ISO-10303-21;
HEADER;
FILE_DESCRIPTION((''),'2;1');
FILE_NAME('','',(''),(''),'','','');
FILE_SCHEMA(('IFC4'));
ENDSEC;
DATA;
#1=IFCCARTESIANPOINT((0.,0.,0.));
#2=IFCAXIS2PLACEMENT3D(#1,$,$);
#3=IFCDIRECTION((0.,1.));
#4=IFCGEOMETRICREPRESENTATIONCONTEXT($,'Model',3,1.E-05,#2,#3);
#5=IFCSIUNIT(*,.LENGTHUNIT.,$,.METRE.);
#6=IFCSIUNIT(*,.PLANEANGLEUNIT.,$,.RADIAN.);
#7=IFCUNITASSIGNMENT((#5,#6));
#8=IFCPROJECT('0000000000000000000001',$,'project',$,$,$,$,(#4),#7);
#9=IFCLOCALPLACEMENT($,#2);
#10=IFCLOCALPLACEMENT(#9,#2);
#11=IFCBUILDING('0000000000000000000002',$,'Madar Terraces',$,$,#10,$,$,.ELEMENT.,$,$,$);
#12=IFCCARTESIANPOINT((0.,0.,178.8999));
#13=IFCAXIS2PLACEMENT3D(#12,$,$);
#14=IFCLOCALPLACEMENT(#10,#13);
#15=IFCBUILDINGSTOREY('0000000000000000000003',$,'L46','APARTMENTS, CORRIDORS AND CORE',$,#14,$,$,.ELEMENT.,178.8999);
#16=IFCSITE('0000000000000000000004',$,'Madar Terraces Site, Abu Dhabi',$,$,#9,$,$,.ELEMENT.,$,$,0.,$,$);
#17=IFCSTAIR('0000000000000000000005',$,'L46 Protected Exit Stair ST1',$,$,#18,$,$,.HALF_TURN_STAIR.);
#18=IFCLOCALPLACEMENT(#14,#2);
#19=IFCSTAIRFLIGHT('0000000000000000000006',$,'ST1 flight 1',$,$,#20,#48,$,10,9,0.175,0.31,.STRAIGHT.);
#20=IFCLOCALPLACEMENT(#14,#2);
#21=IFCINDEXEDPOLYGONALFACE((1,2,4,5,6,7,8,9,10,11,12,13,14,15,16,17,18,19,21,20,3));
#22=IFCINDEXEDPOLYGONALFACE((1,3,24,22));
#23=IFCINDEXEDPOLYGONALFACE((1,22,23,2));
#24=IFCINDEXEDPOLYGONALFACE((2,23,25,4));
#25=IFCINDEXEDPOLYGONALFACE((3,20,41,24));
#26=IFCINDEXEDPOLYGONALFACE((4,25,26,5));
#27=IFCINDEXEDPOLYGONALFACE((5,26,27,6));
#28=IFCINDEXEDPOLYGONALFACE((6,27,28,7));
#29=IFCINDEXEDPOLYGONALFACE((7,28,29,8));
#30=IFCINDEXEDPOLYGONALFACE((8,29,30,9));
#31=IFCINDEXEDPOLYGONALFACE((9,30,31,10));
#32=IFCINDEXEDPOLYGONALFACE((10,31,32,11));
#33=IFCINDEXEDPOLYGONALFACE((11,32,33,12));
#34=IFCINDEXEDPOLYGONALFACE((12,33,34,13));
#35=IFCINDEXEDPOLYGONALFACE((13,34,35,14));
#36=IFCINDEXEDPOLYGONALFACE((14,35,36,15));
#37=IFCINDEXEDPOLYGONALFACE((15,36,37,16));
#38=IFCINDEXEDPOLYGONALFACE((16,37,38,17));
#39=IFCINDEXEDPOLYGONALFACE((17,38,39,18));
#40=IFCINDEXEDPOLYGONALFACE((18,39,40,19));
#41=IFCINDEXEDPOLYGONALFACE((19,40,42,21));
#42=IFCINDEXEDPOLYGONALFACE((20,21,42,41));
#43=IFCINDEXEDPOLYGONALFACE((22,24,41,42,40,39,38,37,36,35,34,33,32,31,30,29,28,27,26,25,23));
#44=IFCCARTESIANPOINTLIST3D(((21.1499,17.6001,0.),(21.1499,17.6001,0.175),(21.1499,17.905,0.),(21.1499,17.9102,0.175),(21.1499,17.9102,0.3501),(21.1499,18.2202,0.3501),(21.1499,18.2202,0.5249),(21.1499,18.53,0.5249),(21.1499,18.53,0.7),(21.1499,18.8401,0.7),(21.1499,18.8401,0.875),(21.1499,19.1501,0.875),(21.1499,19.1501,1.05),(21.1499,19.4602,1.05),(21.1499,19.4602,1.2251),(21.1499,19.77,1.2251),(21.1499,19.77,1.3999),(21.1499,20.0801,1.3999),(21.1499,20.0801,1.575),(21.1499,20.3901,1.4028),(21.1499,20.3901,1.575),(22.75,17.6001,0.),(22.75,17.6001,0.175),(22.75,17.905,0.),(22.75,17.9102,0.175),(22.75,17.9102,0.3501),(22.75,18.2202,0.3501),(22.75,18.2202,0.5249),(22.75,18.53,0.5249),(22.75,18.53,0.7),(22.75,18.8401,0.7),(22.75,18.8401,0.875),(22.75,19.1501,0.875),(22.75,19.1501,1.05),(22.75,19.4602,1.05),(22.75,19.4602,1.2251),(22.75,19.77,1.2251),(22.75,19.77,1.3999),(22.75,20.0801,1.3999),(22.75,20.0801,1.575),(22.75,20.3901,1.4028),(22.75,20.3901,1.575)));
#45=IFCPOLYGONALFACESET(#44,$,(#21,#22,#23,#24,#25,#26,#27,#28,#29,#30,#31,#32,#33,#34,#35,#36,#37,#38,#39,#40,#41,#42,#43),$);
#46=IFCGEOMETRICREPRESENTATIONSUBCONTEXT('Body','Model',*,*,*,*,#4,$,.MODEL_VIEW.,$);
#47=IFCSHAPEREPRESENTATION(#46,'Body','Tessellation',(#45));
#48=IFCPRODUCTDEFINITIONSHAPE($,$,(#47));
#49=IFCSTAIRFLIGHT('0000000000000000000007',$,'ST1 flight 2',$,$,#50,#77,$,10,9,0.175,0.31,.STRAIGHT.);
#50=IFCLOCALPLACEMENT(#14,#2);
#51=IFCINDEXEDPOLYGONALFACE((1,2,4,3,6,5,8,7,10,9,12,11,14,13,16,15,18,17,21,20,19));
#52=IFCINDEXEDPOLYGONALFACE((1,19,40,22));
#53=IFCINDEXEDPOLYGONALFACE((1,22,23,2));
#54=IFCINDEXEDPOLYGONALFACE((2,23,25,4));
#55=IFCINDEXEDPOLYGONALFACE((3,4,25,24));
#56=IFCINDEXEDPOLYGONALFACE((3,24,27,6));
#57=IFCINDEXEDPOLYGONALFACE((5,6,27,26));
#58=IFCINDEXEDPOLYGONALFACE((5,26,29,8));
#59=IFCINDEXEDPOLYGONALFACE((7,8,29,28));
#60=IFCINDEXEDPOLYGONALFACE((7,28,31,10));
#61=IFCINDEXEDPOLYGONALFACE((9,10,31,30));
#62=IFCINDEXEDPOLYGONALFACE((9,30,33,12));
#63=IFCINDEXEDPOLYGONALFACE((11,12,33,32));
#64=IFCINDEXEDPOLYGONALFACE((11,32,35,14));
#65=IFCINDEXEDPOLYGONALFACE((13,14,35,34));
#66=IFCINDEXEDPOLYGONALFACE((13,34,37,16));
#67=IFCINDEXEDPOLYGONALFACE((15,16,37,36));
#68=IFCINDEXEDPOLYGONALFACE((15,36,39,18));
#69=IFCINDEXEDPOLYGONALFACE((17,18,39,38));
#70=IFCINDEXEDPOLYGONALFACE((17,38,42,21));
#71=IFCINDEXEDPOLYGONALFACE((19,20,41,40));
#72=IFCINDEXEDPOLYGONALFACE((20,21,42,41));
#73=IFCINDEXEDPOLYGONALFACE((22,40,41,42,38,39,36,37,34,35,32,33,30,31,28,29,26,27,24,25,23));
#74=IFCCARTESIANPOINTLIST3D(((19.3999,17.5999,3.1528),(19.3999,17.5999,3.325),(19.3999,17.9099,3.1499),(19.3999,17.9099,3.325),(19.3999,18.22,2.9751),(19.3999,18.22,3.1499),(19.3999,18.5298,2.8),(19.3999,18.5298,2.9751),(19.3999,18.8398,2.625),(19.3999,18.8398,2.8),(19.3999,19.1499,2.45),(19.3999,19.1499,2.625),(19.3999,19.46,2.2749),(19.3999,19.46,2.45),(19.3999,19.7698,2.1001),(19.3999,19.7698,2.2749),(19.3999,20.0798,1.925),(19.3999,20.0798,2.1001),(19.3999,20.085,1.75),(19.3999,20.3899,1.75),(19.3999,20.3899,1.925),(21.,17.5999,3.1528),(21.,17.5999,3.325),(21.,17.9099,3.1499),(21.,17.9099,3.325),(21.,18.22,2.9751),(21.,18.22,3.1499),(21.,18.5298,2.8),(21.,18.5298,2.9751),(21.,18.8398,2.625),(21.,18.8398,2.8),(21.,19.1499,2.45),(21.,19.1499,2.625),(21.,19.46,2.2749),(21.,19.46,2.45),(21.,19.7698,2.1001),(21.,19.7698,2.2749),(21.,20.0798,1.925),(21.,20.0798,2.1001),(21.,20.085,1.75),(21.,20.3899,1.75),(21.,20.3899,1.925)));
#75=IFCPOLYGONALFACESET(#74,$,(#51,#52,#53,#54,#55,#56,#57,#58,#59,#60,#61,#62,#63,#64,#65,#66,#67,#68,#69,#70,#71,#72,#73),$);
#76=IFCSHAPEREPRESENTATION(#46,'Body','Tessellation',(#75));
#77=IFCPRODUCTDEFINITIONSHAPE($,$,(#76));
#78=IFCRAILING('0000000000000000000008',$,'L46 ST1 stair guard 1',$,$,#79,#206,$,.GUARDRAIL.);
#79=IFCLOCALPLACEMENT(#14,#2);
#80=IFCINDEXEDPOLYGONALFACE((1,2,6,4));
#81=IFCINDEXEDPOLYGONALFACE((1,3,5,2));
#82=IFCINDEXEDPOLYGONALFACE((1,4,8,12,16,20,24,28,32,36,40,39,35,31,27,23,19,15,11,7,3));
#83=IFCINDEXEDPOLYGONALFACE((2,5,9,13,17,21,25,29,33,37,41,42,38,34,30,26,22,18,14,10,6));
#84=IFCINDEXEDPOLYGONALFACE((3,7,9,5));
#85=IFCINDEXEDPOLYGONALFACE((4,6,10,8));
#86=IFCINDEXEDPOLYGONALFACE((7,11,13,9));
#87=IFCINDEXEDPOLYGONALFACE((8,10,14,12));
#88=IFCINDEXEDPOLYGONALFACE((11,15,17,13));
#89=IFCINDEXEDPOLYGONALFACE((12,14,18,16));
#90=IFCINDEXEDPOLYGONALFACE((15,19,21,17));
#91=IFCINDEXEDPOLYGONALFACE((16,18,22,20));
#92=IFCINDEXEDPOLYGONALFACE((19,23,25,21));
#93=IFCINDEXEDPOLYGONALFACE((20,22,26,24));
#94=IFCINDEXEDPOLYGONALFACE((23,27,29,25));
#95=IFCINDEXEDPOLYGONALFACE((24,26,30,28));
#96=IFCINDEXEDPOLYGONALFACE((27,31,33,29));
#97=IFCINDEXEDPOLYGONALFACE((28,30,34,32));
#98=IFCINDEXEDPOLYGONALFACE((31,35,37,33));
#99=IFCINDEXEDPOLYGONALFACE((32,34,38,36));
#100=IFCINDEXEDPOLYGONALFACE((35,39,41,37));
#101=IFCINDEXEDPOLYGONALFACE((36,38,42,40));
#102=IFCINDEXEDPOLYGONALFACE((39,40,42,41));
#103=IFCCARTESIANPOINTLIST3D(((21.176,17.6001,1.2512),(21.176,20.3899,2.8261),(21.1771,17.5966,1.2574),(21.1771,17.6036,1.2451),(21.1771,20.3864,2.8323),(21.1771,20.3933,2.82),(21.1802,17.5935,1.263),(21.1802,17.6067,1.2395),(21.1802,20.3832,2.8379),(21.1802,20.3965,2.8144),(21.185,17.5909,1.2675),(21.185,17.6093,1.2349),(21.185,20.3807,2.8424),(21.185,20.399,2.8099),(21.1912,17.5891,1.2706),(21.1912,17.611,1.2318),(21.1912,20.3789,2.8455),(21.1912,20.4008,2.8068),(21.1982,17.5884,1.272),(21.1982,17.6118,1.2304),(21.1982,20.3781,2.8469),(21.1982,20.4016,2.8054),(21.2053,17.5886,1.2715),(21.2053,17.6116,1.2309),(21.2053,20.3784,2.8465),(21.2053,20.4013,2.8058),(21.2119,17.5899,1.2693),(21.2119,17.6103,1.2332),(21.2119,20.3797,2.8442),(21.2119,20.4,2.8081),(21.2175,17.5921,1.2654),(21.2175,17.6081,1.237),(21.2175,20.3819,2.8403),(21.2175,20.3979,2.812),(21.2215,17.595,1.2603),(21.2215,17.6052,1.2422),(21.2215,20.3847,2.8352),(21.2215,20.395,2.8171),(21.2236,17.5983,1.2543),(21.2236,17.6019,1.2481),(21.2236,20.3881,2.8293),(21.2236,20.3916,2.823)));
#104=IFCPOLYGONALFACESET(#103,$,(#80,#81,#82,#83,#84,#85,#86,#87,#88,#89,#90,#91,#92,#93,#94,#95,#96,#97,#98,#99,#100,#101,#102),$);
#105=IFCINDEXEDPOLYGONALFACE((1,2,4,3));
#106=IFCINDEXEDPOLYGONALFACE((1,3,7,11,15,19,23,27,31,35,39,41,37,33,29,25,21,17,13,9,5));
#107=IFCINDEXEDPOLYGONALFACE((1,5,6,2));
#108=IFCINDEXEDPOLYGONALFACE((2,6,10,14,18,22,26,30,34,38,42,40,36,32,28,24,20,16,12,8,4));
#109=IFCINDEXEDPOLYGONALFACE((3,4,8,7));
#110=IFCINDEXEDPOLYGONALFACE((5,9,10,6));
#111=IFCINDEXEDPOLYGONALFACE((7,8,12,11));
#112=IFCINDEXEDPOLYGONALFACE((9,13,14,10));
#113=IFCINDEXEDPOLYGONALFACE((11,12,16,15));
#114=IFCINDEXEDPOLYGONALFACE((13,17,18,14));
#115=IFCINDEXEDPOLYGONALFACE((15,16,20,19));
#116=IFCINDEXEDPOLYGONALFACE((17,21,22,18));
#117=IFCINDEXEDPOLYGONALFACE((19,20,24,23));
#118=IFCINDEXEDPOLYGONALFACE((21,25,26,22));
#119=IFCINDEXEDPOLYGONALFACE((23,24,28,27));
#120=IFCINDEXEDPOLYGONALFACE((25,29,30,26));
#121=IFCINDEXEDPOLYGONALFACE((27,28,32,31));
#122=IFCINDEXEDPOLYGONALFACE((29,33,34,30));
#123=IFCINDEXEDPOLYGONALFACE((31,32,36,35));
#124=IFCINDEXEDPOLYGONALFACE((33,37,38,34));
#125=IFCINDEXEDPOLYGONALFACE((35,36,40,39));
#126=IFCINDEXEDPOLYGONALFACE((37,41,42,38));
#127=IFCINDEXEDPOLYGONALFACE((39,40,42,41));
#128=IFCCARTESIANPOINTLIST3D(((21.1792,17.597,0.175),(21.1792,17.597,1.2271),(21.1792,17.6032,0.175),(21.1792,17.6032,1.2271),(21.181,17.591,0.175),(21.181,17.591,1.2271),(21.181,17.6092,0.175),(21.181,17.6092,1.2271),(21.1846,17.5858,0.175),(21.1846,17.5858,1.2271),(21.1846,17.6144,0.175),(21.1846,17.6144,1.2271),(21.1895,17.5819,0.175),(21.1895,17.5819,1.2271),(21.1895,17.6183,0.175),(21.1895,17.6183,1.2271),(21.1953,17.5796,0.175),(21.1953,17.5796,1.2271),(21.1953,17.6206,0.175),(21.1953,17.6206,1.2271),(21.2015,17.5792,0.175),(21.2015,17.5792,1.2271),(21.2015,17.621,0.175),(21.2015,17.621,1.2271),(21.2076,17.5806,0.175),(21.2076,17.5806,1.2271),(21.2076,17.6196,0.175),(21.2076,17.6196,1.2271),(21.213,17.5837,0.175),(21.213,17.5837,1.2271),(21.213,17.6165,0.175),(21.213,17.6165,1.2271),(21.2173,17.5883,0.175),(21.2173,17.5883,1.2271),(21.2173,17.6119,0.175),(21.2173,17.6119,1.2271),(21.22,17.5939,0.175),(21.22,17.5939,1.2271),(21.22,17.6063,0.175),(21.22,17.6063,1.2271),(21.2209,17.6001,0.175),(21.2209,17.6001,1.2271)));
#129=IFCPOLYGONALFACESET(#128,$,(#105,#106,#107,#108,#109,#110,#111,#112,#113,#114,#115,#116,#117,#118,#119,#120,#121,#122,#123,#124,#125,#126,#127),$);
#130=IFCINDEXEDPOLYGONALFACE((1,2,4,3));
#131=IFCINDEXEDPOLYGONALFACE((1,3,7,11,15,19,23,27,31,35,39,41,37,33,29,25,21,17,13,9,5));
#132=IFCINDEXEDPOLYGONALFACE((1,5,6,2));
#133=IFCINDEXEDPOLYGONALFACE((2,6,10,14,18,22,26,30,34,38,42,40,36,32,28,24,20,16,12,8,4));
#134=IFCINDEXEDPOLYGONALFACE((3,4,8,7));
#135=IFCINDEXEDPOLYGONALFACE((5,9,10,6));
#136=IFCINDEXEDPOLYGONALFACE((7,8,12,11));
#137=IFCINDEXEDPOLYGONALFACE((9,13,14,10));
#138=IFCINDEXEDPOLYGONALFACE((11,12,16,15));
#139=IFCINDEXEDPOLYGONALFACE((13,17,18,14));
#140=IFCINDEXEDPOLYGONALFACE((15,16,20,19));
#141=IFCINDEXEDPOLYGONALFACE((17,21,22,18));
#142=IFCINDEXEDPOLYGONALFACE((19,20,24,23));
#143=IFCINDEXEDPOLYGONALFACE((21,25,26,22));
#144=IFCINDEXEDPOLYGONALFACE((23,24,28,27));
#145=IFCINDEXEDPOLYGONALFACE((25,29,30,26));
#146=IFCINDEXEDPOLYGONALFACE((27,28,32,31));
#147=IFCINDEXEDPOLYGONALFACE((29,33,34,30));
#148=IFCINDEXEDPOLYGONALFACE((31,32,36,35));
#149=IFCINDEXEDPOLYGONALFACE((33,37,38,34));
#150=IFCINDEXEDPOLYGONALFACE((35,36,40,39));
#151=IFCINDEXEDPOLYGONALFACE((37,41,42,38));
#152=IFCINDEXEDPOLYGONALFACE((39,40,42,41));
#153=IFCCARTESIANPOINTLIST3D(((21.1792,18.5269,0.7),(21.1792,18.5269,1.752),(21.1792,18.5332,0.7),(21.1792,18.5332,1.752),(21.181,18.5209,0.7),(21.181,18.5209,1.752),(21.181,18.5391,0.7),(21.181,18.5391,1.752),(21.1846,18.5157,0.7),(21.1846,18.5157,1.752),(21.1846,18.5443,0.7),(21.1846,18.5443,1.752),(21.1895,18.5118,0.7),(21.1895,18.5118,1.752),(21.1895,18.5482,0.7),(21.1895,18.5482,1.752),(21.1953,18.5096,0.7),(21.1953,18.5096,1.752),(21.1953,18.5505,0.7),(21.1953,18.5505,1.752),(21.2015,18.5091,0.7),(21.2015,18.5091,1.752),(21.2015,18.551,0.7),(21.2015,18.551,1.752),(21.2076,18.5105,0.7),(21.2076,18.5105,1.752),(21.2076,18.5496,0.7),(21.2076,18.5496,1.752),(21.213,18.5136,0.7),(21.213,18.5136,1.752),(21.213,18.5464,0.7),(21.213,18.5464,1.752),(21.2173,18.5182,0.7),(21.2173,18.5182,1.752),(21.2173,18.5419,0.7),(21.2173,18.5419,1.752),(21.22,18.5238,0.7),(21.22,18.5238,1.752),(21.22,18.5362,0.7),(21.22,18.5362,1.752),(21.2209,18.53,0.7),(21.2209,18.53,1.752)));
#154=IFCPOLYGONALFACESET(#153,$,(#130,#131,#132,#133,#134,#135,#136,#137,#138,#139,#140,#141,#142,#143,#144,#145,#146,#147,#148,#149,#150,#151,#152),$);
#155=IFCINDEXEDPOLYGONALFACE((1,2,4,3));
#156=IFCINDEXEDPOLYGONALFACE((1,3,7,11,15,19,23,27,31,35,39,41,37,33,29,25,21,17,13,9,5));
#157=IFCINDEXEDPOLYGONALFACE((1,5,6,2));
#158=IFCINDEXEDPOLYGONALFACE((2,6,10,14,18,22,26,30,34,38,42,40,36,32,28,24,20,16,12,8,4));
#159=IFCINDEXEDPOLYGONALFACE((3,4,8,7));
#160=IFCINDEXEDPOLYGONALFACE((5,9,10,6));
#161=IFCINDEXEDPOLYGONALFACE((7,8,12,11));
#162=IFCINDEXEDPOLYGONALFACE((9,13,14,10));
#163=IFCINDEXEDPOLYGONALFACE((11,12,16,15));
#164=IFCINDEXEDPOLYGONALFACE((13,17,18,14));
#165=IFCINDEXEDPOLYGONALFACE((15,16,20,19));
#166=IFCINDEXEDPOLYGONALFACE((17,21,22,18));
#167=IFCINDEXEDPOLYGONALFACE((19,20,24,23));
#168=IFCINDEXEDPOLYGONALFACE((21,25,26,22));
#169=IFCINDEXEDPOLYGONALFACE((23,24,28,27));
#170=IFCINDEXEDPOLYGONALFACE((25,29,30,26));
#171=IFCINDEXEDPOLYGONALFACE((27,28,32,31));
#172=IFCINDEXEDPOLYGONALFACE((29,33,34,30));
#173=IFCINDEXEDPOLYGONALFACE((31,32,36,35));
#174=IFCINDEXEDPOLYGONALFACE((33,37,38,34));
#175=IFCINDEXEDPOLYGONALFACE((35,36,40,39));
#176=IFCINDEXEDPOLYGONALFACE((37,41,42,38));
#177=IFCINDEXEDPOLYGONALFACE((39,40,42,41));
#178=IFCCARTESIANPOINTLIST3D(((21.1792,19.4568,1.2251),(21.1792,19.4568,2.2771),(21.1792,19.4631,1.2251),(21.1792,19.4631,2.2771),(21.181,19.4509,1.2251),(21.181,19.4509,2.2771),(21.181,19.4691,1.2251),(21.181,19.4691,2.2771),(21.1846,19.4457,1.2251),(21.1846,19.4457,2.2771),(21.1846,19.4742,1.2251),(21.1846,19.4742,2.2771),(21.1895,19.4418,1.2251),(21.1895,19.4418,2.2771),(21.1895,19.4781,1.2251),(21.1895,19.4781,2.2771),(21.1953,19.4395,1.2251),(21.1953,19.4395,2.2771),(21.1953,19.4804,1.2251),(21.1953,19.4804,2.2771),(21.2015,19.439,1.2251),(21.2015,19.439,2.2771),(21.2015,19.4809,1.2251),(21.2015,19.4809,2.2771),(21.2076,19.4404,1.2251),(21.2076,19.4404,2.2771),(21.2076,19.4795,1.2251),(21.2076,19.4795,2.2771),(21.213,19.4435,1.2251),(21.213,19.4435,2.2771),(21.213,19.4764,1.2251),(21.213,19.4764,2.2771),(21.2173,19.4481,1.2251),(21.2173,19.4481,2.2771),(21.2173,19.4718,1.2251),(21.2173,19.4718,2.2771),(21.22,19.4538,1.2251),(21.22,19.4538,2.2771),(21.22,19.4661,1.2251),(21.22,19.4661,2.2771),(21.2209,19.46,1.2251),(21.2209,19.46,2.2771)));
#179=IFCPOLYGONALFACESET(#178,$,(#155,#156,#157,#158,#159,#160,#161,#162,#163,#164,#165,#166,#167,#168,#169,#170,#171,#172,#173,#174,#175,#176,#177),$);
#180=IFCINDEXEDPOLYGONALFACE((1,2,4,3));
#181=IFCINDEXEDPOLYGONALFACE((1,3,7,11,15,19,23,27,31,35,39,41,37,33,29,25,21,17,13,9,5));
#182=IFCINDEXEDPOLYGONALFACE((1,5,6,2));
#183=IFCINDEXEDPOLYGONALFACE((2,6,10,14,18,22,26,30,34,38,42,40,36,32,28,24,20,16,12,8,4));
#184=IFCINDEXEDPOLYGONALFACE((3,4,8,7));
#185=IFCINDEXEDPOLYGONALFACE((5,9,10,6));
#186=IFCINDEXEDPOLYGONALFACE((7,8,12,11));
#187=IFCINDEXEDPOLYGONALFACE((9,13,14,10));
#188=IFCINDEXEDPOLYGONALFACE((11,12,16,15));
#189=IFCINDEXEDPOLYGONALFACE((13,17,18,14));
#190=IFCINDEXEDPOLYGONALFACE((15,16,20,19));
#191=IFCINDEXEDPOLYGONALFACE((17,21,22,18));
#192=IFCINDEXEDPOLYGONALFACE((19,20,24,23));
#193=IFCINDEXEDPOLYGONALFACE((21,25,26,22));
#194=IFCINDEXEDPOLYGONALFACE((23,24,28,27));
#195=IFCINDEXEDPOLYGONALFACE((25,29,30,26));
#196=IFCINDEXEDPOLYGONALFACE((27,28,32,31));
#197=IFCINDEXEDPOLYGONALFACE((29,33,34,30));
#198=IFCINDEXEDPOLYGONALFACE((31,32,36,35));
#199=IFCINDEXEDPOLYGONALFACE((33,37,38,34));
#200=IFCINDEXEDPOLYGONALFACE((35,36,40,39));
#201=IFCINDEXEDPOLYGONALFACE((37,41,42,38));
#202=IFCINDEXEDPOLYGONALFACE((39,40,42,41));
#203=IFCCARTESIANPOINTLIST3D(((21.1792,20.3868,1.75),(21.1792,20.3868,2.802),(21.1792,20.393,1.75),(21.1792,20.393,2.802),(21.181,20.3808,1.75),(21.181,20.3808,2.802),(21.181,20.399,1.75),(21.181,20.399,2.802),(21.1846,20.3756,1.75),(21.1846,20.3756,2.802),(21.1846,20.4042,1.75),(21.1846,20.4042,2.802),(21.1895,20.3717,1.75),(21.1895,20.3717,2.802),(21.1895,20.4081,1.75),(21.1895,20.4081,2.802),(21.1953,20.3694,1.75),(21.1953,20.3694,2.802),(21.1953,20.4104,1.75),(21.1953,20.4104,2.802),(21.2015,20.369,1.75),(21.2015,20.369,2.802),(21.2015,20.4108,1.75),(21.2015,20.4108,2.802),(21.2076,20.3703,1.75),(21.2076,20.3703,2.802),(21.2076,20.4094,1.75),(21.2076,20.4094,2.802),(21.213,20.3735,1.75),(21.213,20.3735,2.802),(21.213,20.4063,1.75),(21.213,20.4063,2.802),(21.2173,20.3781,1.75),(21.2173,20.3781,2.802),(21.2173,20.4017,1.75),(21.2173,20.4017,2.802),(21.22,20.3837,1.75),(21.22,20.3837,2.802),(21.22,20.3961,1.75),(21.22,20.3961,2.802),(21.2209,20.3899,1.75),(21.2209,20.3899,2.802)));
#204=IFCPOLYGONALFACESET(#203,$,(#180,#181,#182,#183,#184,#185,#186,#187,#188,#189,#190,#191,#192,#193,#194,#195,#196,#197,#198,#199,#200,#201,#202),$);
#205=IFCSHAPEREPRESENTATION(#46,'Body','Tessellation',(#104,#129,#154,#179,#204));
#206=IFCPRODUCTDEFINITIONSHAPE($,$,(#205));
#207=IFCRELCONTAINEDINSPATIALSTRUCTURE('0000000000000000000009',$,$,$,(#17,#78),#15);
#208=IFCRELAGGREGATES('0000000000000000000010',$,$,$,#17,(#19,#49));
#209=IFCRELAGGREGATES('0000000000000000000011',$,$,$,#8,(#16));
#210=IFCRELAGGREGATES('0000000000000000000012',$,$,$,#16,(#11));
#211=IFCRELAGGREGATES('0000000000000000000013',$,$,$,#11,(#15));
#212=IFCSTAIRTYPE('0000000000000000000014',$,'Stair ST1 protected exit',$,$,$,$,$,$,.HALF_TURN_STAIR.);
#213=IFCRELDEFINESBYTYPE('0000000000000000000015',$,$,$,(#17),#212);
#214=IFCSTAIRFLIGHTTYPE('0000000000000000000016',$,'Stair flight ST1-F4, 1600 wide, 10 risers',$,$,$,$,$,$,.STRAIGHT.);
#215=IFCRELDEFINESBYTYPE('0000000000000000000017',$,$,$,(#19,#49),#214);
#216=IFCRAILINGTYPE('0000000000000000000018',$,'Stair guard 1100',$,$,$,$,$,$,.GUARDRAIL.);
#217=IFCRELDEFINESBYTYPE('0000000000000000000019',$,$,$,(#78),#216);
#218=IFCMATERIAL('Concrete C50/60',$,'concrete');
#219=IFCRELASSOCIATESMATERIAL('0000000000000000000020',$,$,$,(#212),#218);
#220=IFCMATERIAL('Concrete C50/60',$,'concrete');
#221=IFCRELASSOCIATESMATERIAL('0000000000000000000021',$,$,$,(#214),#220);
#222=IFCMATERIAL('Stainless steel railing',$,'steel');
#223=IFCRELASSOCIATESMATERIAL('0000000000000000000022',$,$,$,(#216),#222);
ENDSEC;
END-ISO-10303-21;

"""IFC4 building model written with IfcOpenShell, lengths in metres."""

from ifc_helpers import new_model, si_unit, direction, frame, origin, origin_2d, place, context, subcontext, project, spatial, polyline, circle, outline, extrude, material, type_object, element, aggregate, save


model = new_model("IFC4")

# Units and contexts
model_context = context("Model", 3, precision=1e-05, world=origin(), true_north=direction((0.0, 1.0)))
body_context = subcontext(model_context, "Body", "Model", "MODEL_VIEW")
ifc_project = project(units=[si_unit("LENGTHUNIT", "METRE"), si_unit("PLANEANGLEUNIT", "RADIAN")], contexts=[model_context])

# Site, building, storey
site_placement = place(None, origin())
site = spatial("IfcSite", under=ifc_project, at=site_placement, Name="Madar Terraces Site, Abu Dhabi", CompositionType="ELEMENT", RefElevation=0.0)
building_placement = place(site_placement, origin())
building = spatial("IfcBuilding", under=site, at=building_placement, Name="Madar Terraces", CompositionType="ELEMENT")
storey_placement = place(building_placement, frame((0.0, 0.0, 178.8999)))
storey = spatial("IfcBuildingStorey", under=building, at=storey_placement, Name="L46", Description="APARTMENTS, CORRIDORS AND CORE", CompositionType="ELEMENT", Elevation=178.8999)

# Stair, stair flights
ifc_material_1 = material(Name="Concrete C50/60", Category="concrete")
stair_type = type_object("IfcStairType", Name="Stair ST1 protected exit", PredefinedType="HALF_TURN_STAIR", material=ifc_material_1)
stair_placement = place(storey_placement, origin())
stair = element("IfcStair", 1, at=stair_placement, inside=storey, type_object=stair_type, Name="L46 Protected Exit Stair ST1", PredefinedType="HALF_TURN_STAIR")
ifc_material_2 = material(Name="Concrete C50/60", Category="concrete")
stair_flight_type = type_object("IfcStairFlightType", Name="Stair flight ST1-F4, 1600 wide, 10 risers", PredefinedType="STRAIGHT", material=ifc_material_2)
stair_flight_1_placement = place(storey_placement, frame((21.95, 17.6001, 0.0), z_axis=(0.0, 0.0, 1.0), x_axis=(0.0, 1.0, 0.0)))
stair_flight_1 = element("IfcStairFlight", 2, at=stair_flight_1_placement, type_object=stair_flight_type, Name="ST1 flight 1", NumberOfRisers=10, NumberOfTreads=9, PredefinedType="STRAIGHT", RiserHeight=0.175, TreadLength=0.31, context=body_context, shape_type="SweptSolid", body=[
    extrude(outline(polyline([(0.0, 0.0), (0.0, 0.175), (0.3101, 0.175), (0.3101, 0.3501), (0.6201, 0.3501), (0.6201, 0.5249), (0.9299, 0.5249), (0.9299, 0.7), (1.24, 0.7), (1.24, 0.875), (1.55, 0.875), (1.55, 1.05), (1.8601, 1.05), (1.8601, 1.2251), (2.1699, 1.2251), (2.1699, 1.3999), (2.48, 1.3999), (2.48, 1.575), (2.79, 1.575), (2.79, 1.75), (2.79, 1.4028), (0.3049, 0.0), (0.0, 0.0)])), frame((0.0, 0.8, 0.0), z_axis=(0.0, -1.0, 0.0), x_axis=(1.0, 0.0, 0.0)), (0.0, 0.0, 1.0), 1.6001),
])
stair_flight_2_placement = place(storey_placement, frame((20.2, 20.3899, 1.75), z_axis=(0.0, 0.0, 1.0), x_axis=(0.0, -1.0, 0.0)))
stair_flight_2 = element("IfcStairFlight", 3, at=stair_flight_2_placement, type_object=stair_flight_type, Name="ST1 flight 2", NumberOfRisers=10, NumberOfTreads=9, PredefinedType="STRAIGHT", RiserHeight=0.175, TreadLength=0.31, context=body_context, shape_type="SweptSolid", body=[
    extrude(outline(polyline([(0.0, 0.0), (0.0, 0.175), (0.3101, 0.175), (0.3101, 0.3501), (0.6201, 0.3501), (0.6201, 0.5249), (0.9299, 0.5249), (0.9299, 0.7), (1.24, 0.7), (1.24, 0.875), (1.55, 0.875), (1.55, 1.05), (1.8601, 1.05), (1.8601, 1.2251), (2.1699, 1.2251), (2.1699, 1.3999), (2.48, 1.3999), (2.48, 1.575), (2.79, 1.575), (2.79, 1.75), (2.79, 1.4028), (0.3049, 0.0), (0.0, 0.0)])), frame((0.0, 0.8, 0.0), z_axis=(0.0, -1.0, 0.0), x_axis=(1.0, 0.0, 0.0)), (0.0, 0.0, 1.0), 1.6001),
])
aggregate(stair, [stair_flight_1, stair_flight_2])

# Railing
ifc_material_3 = material(Name="Stainless steel railing", Category="steel")
railing_type_1 = type_object("IfcRailingType", Name="Stair guard 1100", PredefinedType="GUARDRAIL", material=ifc_material_3)
railing_1_placement = place(storey_placement, frame((21.2, 17.6001, 0.175)))
element("IfcRailing", 4, at=railing_1_placement, inside=storey, type_object=railing_type_1, Name="L46 ST1 stair guard 1", PredefinedType="GUARDRAIL", context=body_context, shape_type="SweptSolid", body=[
    extrude(circle(Radius=0.0239, at=origin_2d()), frame((0.0, 0.0, 1.0762), z_axis=(0.0, 0.870815, 0.49161), x_axis=(-1.0, 0.0, 0.0)), (0.0, 0.0, 1.0), 3.2036),
    extrude(circle(Radius=0.021, at=origin_2d()), origin(), (0.0, 0.0, 1.0), 1.052),
    extrude(circle(Radius=0.021, at=origin_2d()), frame((0.0, 0.9299, 0.5249)), (0.0, 0.0, 1.0), 1.052),
    extrude(circle(Radius=0.021, at=origin_2d()), frame((0.0, 1.8599, 1.05)), (0.0, 0.0, 1.0), 1.052),
    extrude(circle(Radius=0.021, at=origin_2d()), frame((0.0, 2.7898, 1.575)), (0.0, 0.0, 1.0), 1.052),
])

save(model, "model.ifc")
